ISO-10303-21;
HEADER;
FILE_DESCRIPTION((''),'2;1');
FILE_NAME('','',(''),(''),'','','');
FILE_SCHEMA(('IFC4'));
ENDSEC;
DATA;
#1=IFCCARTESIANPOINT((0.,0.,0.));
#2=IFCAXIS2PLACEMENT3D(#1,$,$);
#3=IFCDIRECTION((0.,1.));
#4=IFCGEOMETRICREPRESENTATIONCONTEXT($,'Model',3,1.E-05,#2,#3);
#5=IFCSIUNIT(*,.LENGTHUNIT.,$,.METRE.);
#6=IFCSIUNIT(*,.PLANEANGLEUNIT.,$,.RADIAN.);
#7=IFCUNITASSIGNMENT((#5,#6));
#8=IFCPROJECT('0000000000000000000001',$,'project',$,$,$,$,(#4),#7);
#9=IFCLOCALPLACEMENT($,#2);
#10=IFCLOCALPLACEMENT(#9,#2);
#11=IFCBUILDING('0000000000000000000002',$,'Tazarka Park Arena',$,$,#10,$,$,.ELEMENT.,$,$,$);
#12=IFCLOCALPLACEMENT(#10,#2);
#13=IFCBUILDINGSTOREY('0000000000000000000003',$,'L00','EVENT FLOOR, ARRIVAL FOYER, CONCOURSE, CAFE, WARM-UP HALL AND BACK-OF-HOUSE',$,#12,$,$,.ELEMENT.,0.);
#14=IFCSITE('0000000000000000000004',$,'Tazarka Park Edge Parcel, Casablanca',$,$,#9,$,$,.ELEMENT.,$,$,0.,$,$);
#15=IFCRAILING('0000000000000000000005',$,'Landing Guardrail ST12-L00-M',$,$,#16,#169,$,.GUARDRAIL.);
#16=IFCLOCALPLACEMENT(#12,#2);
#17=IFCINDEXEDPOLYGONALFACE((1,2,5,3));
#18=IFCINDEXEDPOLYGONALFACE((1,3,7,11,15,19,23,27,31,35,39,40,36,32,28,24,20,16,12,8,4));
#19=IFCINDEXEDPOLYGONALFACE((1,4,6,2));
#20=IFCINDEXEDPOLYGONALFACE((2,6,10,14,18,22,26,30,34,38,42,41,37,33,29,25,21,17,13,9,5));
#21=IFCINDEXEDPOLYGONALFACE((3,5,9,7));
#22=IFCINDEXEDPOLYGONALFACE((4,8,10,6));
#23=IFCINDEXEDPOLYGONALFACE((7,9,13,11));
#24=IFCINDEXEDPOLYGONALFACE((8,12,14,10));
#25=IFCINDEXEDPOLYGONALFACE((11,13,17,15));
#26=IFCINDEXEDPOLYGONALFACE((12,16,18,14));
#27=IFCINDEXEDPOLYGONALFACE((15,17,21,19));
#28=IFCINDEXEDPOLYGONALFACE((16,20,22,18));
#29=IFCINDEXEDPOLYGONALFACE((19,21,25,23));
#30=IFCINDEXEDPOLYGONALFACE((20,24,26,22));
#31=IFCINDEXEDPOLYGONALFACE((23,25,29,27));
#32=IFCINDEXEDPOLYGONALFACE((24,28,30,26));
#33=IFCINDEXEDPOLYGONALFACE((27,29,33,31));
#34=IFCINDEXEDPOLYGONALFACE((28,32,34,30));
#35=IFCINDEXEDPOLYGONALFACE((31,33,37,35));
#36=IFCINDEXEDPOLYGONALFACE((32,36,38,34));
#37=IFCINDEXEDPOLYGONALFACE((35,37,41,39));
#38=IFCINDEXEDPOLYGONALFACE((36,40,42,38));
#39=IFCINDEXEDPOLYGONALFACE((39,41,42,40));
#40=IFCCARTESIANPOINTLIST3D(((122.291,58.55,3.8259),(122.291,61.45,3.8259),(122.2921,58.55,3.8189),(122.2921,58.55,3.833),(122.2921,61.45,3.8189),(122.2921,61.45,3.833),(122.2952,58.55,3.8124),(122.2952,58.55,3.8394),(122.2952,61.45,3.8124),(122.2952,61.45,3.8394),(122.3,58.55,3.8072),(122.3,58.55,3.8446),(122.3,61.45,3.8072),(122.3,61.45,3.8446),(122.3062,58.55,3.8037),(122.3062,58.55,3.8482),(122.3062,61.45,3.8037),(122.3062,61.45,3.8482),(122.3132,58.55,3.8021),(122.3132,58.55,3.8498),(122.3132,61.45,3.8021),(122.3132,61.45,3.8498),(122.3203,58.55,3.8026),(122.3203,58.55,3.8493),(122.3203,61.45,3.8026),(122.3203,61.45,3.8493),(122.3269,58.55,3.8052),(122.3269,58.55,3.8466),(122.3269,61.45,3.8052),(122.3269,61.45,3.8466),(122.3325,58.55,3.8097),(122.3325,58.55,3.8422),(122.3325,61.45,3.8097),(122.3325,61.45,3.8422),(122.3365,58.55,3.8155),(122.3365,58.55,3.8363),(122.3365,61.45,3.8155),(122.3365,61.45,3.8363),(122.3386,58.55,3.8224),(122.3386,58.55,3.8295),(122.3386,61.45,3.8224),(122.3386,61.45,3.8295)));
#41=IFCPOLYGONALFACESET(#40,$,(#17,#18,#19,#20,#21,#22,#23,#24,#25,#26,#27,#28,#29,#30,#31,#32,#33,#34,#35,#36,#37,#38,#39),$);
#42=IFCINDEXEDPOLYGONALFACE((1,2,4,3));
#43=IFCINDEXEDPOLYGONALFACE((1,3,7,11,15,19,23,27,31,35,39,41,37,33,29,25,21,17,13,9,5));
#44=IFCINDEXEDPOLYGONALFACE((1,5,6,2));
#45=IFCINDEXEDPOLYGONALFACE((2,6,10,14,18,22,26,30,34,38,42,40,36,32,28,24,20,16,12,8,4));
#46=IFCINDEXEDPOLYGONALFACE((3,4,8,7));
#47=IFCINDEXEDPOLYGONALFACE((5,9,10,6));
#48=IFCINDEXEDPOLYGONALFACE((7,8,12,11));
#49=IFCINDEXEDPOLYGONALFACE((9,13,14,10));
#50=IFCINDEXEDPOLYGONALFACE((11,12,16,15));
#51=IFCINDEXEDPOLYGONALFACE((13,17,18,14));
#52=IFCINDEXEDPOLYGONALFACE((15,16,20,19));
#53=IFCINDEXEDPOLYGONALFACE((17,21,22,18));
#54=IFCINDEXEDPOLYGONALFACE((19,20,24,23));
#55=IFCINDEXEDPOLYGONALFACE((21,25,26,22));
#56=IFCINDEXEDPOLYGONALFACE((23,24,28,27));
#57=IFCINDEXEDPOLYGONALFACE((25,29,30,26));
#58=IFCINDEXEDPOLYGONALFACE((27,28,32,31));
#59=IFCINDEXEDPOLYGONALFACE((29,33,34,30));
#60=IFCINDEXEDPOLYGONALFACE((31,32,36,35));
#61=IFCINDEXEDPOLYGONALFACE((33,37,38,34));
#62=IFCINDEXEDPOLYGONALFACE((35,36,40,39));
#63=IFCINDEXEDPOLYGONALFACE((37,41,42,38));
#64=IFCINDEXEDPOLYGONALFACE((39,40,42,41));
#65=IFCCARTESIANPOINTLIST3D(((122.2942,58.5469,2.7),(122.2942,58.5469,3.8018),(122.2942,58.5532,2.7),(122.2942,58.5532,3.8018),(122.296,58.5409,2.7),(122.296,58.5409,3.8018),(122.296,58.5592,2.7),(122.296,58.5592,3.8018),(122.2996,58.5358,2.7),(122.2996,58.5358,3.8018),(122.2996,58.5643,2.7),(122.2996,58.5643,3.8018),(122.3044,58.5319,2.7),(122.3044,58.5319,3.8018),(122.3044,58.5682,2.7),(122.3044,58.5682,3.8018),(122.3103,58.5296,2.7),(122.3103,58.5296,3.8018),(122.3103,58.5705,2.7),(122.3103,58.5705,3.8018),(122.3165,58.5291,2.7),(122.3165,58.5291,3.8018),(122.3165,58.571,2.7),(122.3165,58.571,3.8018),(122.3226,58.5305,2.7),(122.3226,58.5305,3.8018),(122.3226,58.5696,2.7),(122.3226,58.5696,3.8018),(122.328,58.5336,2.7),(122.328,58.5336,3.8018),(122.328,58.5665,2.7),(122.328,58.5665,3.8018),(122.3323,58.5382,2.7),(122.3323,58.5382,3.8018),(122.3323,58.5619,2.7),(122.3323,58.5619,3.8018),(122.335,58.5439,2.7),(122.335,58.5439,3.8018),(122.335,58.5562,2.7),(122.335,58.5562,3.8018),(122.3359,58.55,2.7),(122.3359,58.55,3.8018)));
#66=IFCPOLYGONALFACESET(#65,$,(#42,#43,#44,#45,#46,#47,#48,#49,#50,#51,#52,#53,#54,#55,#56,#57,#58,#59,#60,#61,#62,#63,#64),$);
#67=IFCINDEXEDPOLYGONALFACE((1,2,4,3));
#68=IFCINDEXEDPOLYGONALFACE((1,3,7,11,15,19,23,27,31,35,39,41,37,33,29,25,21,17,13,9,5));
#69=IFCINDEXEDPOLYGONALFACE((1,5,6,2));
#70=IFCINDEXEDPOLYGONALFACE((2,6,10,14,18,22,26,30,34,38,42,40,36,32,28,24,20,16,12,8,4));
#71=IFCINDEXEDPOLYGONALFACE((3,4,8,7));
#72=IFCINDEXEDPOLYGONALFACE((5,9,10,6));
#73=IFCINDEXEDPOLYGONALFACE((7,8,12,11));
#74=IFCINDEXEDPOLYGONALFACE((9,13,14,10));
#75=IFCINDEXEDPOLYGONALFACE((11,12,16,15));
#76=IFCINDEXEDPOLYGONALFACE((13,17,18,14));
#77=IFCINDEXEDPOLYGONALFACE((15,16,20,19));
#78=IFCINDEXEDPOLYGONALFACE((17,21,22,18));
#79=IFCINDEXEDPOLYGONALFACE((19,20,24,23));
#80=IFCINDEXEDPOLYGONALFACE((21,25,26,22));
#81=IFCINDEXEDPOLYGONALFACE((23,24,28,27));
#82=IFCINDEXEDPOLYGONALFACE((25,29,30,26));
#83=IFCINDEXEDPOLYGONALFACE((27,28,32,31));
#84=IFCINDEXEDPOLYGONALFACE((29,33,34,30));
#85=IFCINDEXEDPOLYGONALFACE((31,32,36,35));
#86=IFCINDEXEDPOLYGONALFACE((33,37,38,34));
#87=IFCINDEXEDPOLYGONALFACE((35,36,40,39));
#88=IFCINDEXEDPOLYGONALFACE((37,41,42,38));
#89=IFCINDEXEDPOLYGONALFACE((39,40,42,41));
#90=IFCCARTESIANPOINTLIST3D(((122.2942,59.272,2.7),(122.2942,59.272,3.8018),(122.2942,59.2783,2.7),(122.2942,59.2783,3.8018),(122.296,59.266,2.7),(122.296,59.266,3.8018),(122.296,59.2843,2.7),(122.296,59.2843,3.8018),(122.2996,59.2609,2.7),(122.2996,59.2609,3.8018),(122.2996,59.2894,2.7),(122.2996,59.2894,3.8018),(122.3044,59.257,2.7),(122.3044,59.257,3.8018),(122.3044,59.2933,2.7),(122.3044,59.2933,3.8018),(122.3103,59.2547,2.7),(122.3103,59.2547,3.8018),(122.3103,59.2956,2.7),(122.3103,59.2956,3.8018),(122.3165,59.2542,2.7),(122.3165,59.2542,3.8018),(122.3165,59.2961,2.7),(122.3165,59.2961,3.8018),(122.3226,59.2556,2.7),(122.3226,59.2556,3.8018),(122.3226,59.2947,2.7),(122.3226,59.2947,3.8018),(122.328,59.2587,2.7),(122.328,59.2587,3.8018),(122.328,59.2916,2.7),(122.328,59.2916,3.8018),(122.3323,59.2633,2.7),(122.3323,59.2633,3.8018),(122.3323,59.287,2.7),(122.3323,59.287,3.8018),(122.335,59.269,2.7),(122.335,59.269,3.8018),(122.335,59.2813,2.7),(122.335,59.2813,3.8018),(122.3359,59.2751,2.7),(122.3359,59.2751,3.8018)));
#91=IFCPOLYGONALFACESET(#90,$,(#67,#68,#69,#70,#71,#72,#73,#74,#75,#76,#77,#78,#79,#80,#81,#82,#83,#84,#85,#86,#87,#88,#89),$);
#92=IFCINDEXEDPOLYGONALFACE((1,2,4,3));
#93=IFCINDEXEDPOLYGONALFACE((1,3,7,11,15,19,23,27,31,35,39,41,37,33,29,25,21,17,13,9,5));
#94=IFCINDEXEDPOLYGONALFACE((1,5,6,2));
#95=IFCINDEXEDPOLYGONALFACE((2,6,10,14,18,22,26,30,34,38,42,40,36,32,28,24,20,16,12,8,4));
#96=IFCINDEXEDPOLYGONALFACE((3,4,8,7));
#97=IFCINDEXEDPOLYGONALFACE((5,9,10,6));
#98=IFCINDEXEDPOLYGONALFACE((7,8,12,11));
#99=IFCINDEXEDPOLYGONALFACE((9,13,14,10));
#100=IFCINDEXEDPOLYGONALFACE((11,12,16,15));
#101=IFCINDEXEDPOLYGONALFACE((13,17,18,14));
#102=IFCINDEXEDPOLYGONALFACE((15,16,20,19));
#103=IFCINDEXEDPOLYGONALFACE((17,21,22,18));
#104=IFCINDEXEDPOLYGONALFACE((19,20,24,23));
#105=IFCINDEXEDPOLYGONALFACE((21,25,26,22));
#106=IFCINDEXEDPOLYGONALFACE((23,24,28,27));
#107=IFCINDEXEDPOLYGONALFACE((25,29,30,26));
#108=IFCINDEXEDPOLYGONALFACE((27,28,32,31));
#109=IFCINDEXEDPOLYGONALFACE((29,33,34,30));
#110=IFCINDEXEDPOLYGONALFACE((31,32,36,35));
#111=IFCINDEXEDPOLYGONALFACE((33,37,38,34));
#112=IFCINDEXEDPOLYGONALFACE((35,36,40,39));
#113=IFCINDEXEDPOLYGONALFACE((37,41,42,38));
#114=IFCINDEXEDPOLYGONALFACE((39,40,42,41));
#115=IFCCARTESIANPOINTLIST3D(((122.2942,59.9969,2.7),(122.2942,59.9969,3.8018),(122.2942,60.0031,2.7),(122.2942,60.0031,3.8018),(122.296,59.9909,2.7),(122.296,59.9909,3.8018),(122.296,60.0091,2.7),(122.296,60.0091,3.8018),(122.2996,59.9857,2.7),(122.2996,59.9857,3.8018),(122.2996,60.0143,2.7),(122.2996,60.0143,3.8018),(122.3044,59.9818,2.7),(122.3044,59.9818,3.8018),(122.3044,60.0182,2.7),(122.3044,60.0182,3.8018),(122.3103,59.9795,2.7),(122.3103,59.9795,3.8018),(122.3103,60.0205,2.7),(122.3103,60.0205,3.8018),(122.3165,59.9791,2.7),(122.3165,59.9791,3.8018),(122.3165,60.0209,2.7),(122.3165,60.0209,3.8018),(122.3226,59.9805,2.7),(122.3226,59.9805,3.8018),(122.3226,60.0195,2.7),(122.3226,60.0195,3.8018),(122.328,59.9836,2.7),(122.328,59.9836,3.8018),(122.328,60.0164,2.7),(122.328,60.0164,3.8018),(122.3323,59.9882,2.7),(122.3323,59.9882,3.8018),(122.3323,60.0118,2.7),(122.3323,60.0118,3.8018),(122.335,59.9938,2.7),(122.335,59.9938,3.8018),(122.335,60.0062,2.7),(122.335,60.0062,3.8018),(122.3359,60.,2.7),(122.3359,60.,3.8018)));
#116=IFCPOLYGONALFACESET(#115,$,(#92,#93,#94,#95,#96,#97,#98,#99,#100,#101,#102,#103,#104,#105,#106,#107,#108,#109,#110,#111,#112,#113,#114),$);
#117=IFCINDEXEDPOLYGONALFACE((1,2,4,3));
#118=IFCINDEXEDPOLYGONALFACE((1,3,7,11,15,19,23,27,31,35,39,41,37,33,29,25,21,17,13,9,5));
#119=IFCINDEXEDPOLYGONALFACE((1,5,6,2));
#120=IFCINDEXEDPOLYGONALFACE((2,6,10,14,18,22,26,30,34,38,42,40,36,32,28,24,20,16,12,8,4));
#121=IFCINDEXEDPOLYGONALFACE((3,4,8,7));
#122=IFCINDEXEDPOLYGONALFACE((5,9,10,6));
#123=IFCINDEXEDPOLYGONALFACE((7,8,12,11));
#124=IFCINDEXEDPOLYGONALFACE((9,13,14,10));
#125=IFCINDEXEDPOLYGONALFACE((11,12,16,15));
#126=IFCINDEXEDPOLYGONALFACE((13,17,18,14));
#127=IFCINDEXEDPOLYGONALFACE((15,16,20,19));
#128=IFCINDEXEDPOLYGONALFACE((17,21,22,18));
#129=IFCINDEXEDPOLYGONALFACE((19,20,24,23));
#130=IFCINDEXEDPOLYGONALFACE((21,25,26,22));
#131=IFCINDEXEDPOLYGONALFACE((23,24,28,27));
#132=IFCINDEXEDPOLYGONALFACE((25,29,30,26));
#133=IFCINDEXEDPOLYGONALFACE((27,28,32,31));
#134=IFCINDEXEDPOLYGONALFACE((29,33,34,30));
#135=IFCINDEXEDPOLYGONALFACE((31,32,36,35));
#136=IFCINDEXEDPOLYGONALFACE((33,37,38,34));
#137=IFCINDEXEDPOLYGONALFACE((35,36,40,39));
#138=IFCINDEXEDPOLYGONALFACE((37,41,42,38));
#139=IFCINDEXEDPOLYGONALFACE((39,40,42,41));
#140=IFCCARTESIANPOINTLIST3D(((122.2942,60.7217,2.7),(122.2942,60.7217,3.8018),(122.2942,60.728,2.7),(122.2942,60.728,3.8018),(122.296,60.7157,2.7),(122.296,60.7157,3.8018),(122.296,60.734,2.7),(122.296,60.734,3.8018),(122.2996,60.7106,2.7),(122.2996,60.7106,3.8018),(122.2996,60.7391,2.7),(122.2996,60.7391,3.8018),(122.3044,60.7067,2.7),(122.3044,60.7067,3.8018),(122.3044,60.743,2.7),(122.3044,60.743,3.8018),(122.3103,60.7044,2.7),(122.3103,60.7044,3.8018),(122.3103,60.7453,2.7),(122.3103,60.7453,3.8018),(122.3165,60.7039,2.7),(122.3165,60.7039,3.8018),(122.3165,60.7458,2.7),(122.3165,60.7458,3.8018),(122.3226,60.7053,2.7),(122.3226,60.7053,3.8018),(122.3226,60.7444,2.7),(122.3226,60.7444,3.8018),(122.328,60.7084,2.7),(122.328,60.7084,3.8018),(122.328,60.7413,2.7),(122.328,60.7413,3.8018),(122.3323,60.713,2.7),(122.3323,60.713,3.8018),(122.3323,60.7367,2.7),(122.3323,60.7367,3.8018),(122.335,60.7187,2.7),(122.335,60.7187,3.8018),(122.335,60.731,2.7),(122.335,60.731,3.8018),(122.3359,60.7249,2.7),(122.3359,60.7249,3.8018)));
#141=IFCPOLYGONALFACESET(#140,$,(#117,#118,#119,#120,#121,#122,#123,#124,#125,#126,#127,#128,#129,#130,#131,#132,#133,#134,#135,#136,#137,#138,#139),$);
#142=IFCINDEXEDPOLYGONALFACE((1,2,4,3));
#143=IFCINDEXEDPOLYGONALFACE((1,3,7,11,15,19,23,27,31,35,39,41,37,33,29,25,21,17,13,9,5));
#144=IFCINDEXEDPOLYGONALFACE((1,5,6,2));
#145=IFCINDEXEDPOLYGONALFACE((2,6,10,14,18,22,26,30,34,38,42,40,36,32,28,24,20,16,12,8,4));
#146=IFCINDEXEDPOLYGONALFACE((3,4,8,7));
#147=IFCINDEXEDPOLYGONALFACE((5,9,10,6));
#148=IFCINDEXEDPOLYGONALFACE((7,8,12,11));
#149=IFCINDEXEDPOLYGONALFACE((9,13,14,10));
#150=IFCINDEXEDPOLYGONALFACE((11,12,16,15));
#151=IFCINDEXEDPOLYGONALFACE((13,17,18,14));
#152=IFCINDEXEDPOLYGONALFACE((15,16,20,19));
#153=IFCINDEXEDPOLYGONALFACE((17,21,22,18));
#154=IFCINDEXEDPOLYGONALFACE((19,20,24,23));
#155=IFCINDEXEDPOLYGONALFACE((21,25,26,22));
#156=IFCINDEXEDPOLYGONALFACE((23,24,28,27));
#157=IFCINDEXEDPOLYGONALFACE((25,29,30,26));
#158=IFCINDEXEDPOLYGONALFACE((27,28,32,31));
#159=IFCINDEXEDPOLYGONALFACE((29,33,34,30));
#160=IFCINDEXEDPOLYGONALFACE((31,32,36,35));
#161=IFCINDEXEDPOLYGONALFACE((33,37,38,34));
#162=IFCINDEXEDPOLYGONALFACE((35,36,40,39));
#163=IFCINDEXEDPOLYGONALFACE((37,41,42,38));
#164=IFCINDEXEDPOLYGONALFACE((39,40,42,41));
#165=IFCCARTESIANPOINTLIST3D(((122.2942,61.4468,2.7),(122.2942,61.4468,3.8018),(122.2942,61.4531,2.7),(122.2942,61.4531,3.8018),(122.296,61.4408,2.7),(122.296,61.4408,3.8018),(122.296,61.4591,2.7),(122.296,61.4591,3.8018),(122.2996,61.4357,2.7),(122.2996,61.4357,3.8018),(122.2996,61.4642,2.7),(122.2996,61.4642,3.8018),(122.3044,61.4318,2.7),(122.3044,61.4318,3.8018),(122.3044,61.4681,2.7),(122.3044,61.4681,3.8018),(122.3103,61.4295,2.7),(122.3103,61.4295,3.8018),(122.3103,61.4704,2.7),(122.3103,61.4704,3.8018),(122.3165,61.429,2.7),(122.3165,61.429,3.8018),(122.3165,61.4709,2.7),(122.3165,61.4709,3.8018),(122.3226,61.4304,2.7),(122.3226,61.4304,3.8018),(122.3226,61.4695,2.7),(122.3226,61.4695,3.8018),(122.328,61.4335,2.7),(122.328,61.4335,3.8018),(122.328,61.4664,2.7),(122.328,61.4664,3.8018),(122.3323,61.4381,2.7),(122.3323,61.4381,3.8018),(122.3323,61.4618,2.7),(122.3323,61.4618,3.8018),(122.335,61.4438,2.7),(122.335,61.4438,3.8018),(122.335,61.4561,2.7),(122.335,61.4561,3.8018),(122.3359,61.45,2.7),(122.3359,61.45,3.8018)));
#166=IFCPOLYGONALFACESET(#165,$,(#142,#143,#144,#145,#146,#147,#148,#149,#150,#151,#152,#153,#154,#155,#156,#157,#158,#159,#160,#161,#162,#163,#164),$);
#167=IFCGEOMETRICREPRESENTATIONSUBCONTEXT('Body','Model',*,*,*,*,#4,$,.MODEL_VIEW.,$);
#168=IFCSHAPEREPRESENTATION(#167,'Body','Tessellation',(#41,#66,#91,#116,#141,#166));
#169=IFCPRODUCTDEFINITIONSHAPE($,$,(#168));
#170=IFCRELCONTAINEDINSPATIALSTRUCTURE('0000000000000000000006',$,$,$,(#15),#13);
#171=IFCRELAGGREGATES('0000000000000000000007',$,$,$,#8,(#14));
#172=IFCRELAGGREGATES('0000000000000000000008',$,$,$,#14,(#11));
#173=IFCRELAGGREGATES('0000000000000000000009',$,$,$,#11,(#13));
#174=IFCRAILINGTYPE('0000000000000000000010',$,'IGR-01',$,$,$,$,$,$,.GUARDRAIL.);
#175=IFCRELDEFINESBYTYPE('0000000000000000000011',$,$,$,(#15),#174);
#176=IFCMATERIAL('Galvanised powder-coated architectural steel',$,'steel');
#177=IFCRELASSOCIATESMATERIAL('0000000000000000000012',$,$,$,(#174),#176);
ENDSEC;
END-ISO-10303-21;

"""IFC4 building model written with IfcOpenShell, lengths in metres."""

from ifc_helpers import new_model, si_unit, direction, frame, origin, origin_2d, place, context, subcontext, project, spatial, circle, extrude, material, type_object, element, save


model = new_model("IFC4")

# Units and contexts
model_context = context("Model", 3, precision=1e-05, world=origin(), true_north=direction((0.0, 1.0)))
body_context = subcontext(model_context, "Body", "Model", "MODEL_VIEW")
ifc_project = project(units=[si_unit("LENGTHUNIT", "METRE"), si_unit("PLANEANGLEUNIT", "RADIAN")], contexts=[model_context])

# Site, building, storey
site_placement = place(None, origin())
site = spatial("IfcSite", under=ifc_project, at=site_placement, Name="Tazarka Park Edge Parcel, Casablanca", CompositionType="ELEMENT", RefElevation=0.0)
building_placement = place(site_placement, origin())
building = spatial("IfcBuilding", under=site, at=building_placement, Name="Tazarka Park Arena", CompositionType="ELEMENT")
storey_placement = place(building_placement, origin())
storey = spatial("IfcBuildingStorey", under=building, at=storey_placement, Name="L00", Description="EVENT FLOOR, ARRIVAL FOYER, CONCOURSE, CAFE, WARM-UP HALL AND BACK-OF-HOUSE", CompositionType="ELEMENT", Elevation=0.0)

# Railing
ifc_material_1 = material(Name="Galvanised powder-coated architectural steel", Category="steel")
railing_type_1 = type_object("IfcRailingType", Name="IGR-01", PredefinedType="GUARDRAIL", material=ifc_material_1)
for number, where, name in (
    (1, (122.3149, 58.55, 2.7), "Landing Guardrail ST12-L00-M"),
):
    element("IfcRailing", number, at=place(storey_placement, frame(where)), inside=storey, type_object=railing_type_1, Name=name, PredefinedType="GUARDRAIL", context=body_context, shape_type="SweptSolid", body=[
        extrude(circle(Radius=0.0239, at=origin_2d()), frame((0.0, 0.0, 1.126), z_axis=(0.0, 1.0, 0.0), x_axis=(-1.0, 0.0, 0.0)), (0.0, 0.0, 1.0), 2.8999),
        extrude(circle(Radius=0.021, at=origin_2d()), origin(), (0.0, 0.0, 1.0), 1.1018),
        extrude(circle(Radius=0.021, at=origin_2d()), frame((0.0, 0.7251, 0.0)), (0.0, 0.0, 1.0), 1.1018),
        extrude(circle(Radius=0.021, at=origin_2d()), frame((0.0, 1.45, 0.0)), (0.0, 0.0, 1.0), 1.1018),
        extrude(circle(Radius=0.021, at=origin_2d()), frame((0.0, 2.1748, 0.0)), (0.0, 0.0, 1.0), 1.1018),
        extrude(circle(Radius=0.021, at=origin_2d()), frame((0.0, 2.8999, 0.0)), (0.0, 0.0, 1.0), 1.1018),
    ])

save(model, "model.ifc")
